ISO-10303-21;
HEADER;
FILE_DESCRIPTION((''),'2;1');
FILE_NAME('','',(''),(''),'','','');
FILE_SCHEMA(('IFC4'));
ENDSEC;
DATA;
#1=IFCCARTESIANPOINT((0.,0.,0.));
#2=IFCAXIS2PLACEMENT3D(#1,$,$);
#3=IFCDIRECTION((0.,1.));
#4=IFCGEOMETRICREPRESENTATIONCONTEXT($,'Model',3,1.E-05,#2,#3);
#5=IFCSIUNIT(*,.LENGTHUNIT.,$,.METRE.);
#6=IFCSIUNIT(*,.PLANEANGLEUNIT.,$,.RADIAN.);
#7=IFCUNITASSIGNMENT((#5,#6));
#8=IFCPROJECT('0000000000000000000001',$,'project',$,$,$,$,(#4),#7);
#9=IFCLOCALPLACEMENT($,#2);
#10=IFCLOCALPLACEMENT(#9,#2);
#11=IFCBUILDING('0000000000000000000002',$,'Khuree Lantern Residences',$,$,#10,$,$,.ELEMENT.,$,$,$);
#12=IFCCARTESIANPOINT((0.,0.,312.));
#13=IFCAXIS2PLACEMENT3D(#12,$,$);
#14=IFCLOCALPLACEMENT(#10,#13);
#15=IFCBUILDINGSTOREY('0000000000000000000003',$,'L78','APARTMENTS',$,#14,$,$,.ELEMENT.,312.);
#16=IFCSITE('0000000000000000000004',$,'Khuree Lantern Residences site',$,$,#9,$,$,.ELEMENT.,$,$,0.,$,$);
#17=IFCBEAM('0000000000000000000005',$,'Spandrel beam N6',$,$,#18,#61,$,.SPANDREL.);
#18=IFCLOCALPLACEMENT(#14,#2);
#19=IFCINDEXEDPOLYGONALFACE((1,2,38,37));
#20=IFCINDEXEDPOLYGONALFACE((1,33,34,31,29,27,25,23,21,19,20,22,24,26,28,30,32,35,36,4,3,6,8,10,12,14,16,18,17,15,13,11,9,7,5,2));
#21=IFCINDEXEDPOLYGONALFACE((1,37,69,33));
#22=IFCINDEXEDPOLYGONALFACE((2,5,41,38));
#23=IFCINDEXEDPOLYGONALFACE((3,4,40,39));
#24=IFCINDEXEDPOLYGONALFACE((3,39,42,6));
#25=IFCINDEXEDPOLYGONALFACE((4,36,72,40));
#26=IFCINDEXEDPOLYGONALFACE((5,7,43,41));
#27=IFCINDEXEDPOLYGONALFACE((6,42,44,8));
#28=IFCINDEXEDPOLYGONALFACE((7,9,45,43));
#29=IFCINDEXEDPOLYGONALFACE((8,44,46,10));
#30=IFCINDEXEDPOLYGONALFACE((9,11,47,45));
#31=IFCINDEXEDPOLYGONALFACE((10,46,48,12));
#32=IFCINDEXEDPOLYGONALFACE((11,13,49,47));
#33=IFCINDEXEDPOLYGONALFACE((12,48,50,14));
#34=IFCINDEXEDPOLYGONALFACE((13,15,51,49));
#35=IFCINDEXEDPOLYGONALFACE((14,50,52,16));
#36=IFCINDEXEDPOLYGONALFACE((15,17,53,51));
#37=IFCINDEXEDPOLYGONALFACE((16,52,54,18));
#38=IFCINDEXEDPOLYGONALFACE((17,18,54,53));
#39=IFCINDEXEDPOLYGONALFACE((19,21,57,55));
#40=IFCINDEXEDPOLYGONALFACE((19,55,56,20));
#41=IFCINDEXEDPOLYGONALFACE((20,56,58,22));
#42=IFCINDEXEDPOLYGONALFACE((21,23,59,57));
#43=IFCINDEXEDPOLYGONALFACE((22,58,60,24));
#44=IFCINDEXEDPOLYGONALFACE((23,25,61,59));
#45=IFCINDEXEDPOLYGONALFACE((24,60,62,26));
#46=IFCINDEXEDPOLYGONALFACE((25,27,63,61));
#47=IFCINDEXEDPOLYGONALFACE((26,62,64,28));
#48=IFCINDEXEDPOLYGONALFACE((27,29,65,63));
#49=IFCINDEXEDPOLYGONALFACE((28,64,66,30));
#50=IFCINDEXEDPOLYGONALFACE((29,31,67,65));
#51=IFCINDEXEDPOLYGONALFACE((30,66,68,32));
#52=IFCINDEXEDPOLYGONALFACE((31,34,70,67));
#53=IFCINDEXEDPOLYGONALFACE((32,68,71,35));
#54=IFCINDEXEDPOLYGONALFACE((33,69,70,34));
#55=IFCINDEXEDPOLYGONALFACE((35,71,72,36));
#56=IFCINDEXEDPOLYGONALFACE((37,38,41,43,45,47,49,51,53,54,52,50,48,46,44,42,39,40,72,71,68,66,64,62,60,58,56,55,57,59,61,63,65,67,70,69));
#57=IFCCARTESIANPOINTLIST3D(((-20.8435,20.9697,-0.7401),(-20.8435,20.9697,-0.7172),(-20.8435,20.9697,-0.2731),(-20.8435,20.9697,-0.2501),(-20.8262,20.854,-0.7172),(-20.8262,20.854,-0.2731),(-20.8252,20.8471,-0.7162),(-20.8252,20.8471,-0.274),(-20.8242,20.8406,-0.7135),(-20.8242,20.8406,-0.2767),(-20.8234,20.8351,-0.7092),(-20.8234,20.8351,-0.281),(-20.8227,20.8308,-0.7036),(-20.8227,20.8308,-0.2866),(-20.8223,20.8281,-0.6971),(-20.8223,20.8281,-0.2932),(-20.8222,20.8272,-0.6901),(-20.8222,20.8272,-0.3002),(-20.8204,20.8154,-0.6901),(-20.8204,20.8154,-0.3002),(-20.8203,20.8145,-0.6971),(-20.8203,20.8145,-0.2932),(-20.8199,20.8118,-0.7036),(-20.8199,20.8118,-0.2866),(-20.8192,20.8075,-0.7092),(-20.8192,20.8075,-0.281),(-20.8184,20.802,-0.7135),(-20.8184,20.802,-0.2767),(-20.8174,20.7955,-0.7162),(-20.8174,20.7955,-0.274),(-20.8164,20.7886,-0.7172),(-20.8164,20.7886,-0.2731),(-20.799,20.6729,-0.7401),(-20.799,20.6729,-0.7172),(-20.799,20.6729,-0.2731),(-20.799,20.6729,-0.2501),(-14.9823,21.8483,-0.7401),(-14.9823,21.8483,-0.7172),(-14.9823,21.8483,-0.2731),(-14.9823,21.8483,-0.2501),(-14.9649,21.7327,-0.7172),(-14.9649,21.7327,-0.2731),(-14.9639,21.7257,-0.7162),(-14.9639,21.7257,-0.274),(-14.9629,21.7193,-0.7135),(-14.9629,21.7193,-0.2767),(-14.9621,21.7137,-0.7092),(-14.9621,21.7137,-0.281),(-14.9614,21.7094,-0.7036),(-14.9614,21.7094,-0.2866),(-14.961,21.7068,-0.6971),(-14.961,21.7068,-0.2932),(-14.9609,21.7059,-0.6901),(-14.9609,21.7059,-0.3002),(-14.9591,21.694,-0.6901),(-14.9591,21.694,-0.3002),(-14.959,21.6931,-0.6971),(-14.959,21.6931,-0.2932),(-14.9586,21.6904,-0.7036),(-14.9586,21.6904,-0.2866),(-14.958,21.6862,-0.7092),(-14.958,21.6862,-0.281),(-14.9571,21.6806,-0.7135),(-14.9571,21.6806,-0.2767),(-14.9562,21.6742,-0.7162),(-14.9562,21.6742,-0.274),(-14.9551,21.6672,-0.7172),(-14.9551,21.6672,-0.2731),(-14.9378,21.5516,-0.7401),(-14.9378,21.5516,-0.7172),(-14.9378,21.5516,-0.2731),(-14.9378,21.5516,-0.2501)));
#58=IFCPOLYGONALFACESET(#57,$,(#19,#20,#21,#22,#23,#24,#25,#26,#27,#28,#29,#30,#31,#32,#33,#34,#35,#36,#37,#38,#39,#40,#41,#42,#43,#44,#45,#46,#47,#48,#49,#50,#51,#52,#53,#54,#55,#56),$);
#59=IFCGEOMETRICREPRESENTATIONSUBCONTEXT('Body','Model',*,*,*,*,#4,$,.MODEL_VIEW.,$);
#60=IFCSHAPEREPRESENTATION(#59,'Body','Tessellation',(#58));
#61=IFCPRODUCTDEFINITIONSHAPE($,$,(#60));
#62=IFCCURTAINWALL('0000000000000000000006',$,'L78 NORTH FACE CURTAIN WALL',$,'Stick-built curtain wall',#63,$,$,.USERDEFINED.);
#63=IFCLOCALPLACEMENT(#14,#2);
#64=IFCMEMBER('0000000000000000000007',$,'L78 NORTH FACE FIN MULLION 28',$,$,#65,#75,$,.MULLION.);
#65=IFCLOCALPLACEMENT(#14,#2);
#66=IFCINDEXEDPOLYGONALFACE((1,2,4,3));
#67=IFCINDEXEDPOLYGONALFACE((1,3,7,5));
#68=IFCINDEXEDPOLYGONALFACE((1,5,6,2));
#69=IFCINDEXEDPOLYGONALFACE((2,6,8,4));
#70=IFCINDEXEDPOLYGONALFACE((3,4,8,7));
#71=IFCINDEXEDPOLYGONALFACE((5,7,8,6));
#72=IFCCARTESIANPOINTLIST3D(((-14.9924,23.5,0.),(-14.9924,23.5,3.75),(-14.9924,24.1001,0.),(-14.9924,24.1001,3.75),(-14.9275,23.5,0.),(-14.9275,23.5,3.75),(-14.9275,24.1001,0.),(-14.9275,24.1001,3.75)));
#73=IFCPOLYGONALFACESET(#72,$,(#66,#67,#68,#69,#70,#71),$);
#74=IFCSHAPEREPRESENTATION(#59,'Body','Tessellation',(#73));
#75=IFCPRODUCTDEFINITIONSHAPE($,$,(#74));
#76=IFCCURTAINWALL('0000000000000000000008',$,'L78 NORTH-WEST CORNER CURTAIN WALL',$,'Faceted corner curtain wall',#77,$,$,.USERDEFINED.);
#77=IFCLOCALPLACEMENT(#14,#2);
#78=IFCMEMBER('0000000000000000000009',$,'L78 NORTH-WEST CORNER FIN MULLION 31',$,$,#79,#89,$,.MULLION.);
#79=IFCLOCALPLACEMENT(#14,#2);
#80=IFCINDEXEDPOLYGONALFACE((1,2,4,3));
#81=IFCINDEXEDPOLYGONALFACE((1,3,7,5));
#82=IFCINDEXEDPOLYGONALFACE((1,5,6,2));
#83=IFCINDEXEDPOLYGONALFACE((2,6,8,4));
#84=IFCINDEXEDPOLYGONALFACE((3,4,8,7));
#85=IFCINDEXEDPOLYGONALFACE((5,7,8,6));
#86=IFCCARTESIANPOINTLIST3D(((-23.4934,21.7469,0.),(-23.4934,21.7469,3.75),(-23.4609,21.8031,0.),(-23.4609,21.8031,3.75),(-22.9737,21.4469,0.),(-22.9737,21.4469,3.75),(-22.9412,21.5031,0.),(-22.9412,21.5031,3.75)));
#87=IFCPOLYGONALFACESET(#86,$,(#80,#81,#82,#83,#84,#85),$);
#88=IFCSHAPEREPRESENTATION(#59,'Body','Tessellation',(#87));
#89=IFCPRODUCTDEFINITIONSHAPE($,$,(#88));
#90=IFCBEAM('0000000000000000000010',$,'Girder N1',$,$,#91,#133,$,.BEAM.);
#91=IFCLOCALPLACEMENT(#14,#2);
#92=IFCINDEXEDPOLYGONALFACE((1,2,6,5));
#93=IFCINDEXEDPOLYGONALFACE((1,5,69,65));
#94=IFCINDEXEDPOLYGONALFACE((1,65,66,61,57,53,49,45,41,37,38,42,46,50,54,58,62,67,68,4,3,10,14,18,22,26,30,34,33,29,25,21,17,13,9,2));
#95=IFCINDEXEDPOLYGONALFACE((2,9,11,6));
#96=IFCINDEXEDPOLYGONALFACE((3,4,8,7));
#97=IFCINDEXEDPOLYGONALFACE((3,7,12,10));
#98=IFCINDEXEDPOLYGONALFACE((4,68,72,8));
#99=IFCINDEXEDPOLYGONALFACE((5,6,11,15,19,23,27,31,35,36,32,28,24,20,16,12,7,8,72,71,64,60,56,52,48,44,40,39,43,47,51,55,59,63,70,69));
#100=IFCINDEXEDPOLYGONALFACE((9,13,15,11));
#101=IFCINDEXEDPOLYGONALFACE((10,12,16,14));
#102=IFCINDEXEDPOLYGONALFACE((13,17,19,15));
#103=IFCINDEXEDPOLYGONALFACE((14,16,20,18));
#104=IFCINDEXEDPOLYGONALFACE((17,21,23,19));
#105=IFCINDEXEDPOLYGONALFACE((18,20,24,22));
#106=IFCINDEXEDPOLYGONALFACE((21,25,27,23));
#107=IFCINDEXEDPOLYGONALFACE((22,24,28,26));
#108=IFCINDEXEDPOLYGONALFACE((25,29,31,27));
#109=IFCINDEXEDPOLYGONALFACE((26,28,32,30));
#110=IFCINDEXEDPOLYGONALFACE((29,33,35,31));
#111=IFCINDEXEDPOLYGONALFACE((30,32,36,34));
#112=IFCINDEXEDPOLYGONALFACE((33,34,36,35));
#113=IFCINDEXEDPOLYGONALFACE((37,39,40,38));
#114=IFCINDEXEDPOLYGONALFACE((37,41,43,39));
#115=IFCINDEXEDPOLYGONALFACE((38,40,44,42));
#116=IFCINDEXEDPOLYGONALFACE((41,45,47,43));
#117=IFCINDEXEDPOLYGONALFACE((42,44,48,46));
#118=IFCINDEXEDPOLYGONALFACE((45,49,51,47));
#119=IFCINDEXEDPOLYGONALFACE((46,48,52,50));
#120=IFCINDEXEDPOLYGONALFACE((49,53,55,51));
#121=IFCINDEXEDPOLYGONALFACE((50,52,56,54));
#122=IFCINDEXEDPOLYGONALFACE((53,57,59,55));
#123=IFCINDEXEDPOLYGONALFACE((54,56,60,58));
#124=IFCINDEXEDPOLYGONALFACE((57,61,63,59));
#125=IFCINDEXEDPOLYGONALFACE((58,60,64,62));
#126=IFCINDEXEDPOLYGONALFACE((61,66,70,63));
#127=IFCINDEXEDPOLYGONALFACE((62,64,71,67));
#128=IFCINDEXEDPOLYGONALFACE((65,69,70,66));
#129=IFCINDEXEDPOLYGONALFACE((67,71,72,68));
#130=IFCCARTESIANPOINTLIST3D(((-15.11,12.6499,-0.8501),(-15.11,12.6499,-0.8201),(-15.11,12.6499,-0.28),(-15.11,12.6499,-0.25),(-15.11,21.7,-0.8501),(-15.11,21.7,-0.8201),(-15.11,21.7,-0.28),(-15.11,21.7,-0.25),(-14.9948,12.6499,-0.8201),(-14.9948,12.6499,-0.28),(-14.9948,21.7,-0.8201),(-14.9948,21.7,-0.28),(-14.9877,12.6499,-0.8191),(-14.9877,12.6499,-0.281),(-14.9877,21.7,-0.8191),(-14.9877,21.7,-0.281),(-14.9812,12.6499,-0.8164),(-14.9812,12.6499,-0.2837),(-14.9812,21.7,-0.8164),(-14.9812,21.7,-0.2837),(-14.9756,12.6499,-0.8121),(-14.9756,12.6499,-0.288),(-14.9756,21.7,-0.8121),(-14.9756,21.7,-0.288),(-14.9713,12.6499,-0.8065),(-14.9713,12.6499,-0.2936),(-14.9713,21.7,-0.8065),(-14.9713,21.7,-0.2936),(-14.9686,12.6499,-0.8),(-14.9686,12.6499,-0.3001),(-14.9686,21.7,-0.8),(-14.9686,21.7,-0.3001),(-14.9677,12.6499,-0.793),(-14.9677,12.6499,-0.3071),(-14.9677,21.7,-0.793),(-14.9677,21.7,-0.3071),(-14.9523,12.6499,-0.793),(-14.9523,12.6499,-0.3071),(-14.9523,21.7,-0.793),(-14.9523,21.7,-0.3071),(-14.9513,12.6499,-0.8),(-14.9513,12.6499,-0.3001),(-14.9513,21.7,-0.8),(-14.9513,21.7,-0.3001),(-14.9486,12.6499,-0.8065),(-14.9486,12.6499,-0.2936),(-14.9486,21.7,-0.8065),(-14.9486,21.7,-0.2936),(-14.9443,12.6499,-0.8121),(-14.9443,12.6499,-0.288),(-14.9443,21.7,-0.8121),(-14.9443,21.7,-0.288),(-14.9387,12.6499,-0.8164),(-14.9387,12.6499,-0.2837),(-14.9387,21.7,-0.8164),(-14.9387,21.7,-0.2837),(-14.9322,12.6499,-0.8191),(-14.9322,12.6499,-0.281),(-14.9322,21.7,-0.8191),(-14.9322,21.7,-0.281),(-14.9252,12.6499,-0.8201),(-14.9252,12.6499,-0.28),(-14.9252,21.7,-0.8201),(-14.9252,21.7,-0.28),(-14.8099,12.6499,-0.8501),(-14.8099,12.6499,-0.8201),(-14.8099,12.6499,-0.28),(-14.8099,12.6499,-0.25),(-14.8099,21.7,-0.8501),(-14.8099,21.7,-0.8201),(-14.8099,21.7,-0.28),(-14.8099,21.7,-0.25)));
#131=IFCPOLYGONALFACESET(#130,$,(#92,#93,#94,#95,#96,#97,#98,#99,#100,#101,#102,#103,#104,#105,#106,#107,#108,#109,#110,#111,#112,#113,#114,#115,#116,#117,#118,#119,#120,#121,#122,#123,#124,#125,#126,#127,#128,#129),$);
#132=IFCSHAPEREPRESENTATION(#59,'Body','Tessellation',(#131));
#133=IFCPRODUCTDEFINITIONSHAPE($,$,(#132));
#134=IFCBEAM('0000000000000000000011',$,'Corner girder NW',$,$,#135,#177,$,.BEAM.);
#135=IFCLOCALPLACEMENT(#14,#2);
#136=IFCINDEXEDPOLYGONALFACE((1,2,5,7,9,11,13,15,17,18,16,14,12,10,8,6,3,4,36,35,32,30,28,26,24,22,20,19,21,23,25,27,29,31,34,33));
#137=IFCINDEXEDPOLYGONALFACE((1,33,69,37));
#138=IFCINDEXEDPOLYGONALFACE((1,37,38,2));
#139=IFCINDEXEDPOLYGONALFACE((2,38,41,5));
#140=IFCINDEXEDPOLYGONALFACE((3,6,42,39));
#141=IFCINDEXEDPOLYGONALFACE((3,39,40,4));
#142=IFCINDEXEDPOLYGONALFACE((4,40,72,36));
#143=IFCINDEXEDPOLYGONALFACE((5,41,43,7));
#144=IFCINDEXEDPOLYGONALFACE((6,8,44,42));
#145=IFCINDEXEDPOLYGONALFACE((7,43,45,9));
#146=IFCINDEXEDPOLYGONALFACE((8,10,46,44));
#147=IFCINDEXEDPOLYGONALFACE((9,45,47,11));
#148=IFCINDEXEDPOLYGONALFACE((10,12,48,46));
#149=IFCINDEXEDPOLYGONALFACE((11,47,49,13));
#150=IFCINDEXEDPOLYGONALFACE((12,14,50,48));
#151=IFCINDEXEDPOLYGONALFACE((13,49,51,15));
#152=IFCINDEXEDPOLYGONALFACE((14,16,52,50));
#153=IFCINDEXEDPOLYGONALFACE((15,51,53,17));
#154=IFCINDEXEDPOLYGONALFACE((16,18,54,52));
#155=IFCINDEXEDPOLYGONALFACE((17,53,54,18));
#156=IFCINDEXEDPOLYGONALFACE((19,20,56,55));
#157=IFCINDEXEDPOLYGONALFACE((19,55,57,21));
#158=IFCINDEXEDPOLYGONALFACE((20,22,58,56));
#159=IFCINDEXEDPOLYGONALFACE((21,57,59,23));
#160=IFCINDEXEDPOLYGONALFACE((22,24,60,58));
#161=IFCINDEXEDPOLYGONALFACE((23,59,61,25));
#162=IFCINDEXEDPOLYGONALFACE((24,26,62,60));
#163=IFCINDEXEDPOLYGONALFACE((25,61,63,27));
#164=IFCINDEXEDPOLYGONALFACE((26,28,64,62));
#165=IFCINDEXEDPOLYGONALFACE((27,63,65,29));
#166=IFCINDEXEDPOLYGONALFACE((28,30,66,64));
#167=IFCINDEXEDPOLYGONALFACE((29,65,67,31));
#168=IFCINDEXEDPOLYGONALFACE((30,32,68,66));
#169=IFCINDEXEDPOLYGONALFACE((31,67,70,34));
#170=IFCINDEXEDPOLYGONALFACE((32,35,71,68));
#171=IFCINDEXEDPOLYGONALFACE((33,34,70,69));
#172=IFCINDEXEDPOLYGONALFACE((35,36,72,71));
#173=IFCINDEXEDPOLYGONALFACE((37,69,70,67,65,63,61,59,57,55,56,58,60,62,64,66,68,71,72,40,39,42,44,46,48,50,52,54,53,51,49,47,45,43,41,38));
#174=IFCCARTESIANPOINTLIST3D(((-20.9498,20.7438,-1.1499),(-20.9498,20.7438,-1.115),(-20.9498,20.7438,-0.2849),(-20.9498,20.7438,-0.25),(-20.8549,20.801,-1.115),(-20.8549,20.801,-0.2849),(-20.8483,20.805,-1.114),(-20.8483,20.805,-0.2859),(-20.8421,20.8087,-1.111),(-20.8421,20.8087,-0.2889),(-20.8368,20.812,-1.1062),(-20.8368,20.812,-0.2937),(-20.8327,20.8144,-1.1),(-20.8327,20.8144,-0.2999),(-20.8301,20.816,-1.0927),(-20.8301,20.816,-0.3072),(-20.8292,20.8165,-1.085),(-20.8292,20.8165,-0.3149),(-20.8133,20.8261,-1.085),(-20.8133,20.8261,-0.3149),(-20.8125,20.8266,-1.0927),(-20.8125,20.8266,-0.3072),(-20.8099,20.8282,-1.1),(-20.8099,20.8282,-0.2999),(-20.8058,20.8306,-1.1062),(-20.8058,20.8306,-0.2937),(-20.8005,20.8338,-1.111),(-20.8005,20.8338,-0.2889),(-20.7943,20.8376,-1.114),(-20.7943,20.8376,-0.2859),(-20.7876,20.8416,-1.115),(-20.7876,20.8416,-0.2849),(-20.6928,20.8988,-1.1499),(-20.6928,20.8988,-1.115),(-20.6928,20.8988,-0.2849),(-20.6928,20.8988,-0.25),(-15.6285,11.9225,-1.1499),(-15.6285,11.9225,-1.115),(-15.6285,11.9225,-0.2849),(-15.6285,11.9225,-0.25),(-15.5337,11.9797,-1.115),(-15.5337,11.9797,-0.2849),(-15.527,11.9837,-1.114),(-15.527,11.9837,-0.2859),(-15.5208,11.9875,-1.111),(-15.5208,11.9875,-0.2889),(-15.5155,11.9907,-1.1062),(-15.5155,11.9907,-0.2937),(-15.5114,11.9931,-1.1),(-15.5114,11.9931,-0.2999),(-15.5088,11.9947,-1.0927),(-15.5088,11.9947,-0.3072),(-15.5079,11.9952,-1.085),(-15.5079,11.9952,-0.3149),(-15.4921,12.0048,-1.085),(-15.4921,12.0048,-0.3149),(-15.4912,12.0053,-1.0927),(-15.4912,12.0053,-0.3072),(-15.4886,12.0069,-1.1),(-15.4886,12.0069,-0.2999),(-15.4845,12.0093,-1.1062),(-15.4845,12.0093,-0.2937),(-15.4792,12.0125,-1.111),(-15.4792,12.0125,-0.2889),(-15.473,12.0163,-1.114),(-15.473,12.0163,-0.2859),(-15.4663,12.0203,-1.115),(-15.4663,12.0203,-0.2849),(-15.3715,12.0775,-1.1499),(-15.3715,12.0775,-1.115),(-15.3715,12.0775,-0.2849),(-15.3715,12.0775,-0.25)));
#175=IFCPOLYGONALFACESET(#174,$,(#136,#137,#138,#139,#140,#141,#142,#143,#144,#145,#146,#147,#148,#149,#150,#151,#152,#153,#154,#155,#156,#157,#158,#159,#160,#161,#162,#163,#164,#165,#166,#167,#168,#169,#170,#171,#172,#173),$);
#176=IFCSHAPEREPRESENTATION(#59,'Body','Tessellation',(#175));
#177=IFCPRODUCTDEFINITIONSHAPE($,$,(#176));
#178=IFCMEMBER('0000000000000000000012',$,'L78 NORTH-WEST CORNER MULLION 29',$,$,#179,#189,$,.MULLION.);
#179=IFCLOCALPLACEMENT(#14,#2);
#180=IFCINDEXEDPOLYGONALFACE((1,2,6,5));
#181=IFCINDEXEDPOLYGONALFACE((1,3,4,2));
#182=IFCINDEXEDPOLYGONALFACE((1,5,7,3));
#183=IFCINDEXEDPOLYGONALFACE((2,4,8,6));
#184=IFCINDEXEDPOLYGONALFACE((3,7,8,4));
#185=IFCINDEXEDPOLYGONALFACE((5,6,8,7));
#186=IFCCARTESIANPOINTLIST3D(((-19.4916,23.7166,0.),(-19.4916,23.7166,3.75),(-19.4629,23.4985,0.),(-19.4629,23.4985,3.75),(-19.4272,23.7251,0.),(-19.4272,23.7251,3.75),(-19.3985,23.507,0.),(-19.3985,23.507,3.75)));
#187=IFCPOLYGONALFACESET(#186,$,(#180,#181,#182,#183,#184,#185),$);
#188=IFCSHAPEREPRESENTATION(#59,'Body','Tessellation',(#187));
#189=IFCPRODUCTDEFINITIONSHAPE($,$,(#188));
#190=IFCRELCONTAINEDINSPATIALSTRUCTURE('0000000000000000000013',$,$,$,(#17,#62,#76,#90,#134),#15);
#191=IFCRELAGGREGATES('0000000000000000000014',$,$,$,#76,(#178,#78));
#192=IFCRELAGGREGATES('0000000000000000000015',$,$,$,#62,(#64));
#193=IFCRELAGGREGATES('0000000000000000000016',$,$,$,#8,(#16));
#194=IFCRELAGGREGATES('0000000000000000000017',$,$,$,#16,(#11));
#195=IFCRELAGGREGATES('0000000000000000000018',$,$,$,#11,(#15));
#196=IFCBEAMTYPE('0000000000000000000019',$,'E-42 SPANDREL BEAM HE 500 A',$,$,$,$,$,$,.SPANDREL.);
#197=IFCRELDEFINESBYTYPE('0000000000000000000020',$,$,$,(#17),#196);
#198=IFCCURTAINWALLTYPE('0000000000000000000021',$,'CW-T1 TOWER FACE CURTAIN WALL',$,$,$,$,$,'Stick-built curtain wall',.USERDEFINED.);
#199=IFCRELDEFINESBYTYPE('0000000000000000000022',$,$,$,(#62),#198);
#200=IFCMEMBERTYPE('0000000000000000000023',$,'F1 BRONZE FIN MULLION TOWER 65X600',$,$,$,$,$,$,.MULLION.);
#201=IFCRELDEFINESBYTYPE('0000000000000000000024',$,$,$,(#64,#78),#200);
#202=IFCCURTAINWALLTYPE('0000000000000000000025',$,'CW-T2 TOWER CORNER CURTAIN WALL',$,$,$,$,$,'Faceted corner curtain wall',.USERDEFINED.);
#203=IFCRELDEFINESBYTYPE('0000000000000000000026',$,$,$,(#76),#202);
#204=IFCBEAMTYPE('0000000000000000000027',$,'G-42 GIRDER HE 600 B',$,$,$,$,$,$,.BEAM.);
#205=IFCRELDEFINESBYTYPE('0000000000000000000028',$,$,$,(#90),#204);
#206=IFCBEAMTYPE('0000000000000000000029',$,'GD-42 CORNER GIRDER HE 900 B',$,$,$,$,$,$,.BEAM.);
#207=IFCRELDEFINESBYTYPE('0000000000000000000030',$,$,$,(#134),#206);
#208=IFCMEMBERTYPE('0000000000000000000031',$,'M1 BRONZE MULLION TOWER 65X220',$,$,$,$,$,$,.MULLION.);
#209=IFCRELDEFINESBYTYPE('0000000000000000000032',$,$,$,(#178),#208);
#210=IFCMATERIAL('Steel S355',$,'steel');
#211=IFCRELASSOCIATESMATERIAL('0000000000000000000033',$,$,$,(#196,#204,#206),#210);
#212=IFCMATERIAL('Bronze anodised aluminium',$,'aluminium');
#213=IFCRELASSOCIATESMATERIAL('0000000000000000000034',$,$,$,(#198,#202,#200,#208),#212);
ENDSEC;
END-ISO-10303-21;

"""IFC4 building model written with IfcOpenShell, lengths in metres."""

from ifc_helpers import new_model, si_unit, direction, frame, origin, origin_2d, place, context, subcontext, project, spatial, rectangle, i_section, extrude, material, material_profile, profile_set, type_object, element, aggregate, save


model = new_model("IFC4")

# Units and contexts
model_context = context("Model", 3, precision=1e-05, world=origin(), true_north=direction((0.0, 1.0)))
body_context = subcontext(model_context, "Body", "Model", "MODEL_VIEW")
ifc_project = project(units=[si_unit("LENGTHUNIT", "METRE"), si_unit("PLANEANGLEUNIT", "RADIAN")], contexts=[model_context])

# Site, building, storey
site_placement = place(None, origin())
site = spatial("IfcSite", under=ifc_project, at=site_placement, Name="Khuree Lantern Residences site", CompositionType="ELEMENT", RefElevation=0.0)
building_placement = place(site_placement, origin())
building = spatial("IfcBuilding", under=site, at=building_placement, Name="Khuree Lantern Residences", CompositionType="ELEMENT")
storey_placement = place(building_placement, frame((0.0, 0.0, 312.0)))
storey = spatial("IfcBuildingStorey", under=building, at=storey_placement, Name="L78", Description="APARTMENTS", CompositionType="ELEMENT", Elevation=312.0)

# Beam
ifc_material_1 = material(Name="Steel S355", Category="steel")
ifc_material_profile_1 = material_profile(ifc_material_1, i_section(OverallWidth=0.3, OverallDepth=0.49, WebThickness=0.012, FlangeThickness=0.0229, FilletRadius=0.0271, at=origin_2d()), Name="HE 500 A")
ifc_profile_set_1 = profile_set([ifc_material_profile_1], Name="Steel S355")
beam_type_1 = type_object("IfcBeamType", Name="E-42 SPANDREL BEAM HE 500 A", PredefinedType="SPANDREL", material=ifc_profile_set_1)
beam_1_placement = place(storey_placement, frame((-20.8213, 20.8213, -0.4951), z_axis=(0.98895, 0.148252, 0.0), x_axis=(-0.148252, 0.98895, 0.0)))
element("IfcBeam", 1, at=beam_1_placement, inside=storey, type_object=beam_type_1, Name="Spandrel beam N6", PredefinedType="SPANDREL", context=body_context, shape_type="SweptSolid", body=[
    extrude(i_section(OverallWidth=0.3, OverallDepth=0.49, WebThickness=0.012, FlangeThickness=0.0229, FilletRadius=0.0271, at=origin_2d()), origin(), (0.0, 0.0, 1.0), 5.9268),
])

# Curtain walls, members
ifc_material_2 = material(Name="Bronze anodised aluminium", Category="aluminium")
curtain_wall_type_1 = type_object("IfcCurtainWallType", Name="CW-T1 TOWER FACE CURTAIN WALL", ElementType="Stick-built curtain wall", PredefinedType="USERDEFINED", material=ifc_material_2)
curtain_wall_1_placement = place(storey_placement, origin())
curtain_wall_1 = element("IfcCurtainWall", 2, at=curtain_wall_1_placement, inside=storey, type_object=curtain_wall_type_1, Name="L78 NORTH FACE CURTAIN WALL", ObjectType="Stick-built curtain wall", PredefinedType="USERDEFINED")
ifc_material_profile_2 = material_profile(ifc_material_2, rectangle(XDim=0.0649, YDim=0.6001, at=origin_2d()), Name="F1 65X600")
ifc_profile_set_2 = profile_set([ifc_material_profile_2], Name="Bronze anodised aluminium")
member_type_1 = type_object("IfcMemberType", Name="F1 BRONZE FIN MULLION TOWER 65X600", PredefinedType="MULLION", material=ifc_profile_set_2)
member_1_placement = place(storey_placement, frame((-14.96, 23.8, 0.0), z_axis=(0.0, 0.0, 1.0), x_axis=(-1.0, 0.0, 0.0)))
member_1 = element("IfcMember", 3, at=member_1_placement, type_object=member_type_1, Name="L78 NORTH FACE FIN MULLION 28", PredefinedType="MULLION", context=body_context, shape_type="SweptSolid", body=[
    extrude(rectangle(XDim=0.0649, YDim=0.6001, at=origin_2d()), origin(), (0.0, 0.0, 1.0), 3.75),
])
curtain_wall_type_2 = type_object("IfcCurtainWallType", Name="CW-T2 TOWER CORNER CURTAIN WALL", ElementType="Faceted corner curtain wall", PredefinedType="USERDEFINED", material=ifc_material_2)
curtain_wall_2_placement = place(storey_placement, origin())
curtain_wall_2 = element("IfcCurtainWall", 4, at=curtain_wall_2_placement, inside=storey, type_object=curtain_wall_type_2, Name="L78 NORTH-WEST CORNER CURTAIN WALL", ObjectType="Faceted corner curtain wall", PredefinedType="USERDEFINED")
member_2_placement = place(storey_placement, frame((-23.2173, 21.625, 0.0), z_axis=(0.0, 0.0, 1.0), x_axis=(-0.5, -0.866025, 0.0)))
member_2 = element("IfcMember", 5, at=member_2_placement, type_object=member_type_1, Name="L78 NORTH-WEST CORNER FIN MULLION 31", PredefinedType="MULLION", context=body_context, shape_type="SweptSolid", body=[
    extrude(rectangle(XDim=0.0649, YDim=0.6001, at=origin_2d()), origin(), (0.0, 0.0, 1.0), 3.75),
])

# Beams
ifc_material_profile_3 = material_profile(ifc_material_1, i_section(OverallWidth=0.3, OverallDepth=0.6001, WebThickness=0.0154, FlangeThickness=0.03, FilletRadius=0.0271, at=origin_2d()), Name="HE 600 B")
ifc_profile_set_3 = profile_set([ifc_material_profile_3], Name="Steel S355")
beam_type_2 = type_object("IfcBeamType", Name="G-42 GIRDER HE 600 B", PredefinedType="BEAM", material=ifc_profile_set_3)
beam_2_placement = place(storey_placement, frame((-14.96, 21.7, -0.55), z_axis=(0.0, -1.0, 0.0), x_axis=(1.0, 0.0, 0.0)))
element("IfcBeam", 6, at=beam_2_placement, inside=storey, type_object=beam_type_2, Name="Girder N1", PredefinedType="BEAM", context=body_context, shape_type="SweptSolid", body=[
    extrude(i_section(OverallWidth=0.3, OverallDepth=0.6001, WebThickness=0.0154, FlangeThickness=0.03, FilletRadius=0.0271, at=origin_2d()), origin(), (0.0, 0.0, 1.0), 9.05),
])
ifc_material_profile_4 = material_profile(ifc_material_1, i_section(OverallWidth=0.3, OverallDepth=0.8999, WebThickness=0.0186, FlangeThickness=0.0349, FilletRadius=0.03, at=origin_2d()), Name="HE 900 B")
ifc_profile_set_4 = profile_set([ifc_material_profile_4], Name="Steel S355")
beam_type_3 = type_object("IfcBeamType", Name="GD-42 CORNER GIRDER HE 900 B", PredefinedType="BEAM", material=ifc_profile_set_4)
beam_3_placement = place(storey_placement, frame((-20.8213, 20.8213, -0.7), z_axis=(0.51653, -0.856269, 0.0), x_axis=(0.856269, 0.51653, 0.0)))
element("IfcBeam", 7, at=beam_3_placement, inside=storey, type_object=beam_type_3, Name="Corner girder NW", PredefinedType="BEAM", context=body_context, shape_type="SweptSolid", body=[
    extrude(i_section(OverallWidth=0.3, OverallDepth=0.8999, WebThickness=0.0186, FlangeThickness=0.0349, FilletRadius=0.03, at=origin_2d()), origin(), (0.0, 0.0, 1.0), 10.302),
])

# Member
ifc_material_profile_5 = material_profile(ifc_material_2, rectangle(XDim=0.0649, YDim=0.22, at=origin_2d()), Name="M1 65X220")
ifc_profile_set_5 = profile_set([ifc_material_profile_5], Name="Bronze anodised aluminium")
member_type_2 = type_object("IfcMemberType", Name="M1 BRONZE MULLION TOWER 65X220", PredefinedType="MULLION", material=ifc_profile_set_5)
member_3_placement = place(storey_placement, frame((-19.4451, 23.6118, 0.0), z_axis=(0.0, 0.0, 1.0), x_axis=(-0.991445, -0.130526, 0.0)))
member_3 = element("IfcMember", 8, at=member_3_placement, type_object=member_type_2, Name="L78 NORTH-WEST CORNER MULLION 29", PredefinedType="MULLION", context=body_context, shape_type="SweptSolid", body=[
    extrude(rectangle(XDim=0.0649, YDim=0.22, at=origin_2d()), origin(), (0.0, 0.0, 1.0), 3.75),
])

aggregate(curtain_wall_2, [member_3, member_2])
aggregate(curtain_wall_1, [member_1])

save(model, "model.ifc")
